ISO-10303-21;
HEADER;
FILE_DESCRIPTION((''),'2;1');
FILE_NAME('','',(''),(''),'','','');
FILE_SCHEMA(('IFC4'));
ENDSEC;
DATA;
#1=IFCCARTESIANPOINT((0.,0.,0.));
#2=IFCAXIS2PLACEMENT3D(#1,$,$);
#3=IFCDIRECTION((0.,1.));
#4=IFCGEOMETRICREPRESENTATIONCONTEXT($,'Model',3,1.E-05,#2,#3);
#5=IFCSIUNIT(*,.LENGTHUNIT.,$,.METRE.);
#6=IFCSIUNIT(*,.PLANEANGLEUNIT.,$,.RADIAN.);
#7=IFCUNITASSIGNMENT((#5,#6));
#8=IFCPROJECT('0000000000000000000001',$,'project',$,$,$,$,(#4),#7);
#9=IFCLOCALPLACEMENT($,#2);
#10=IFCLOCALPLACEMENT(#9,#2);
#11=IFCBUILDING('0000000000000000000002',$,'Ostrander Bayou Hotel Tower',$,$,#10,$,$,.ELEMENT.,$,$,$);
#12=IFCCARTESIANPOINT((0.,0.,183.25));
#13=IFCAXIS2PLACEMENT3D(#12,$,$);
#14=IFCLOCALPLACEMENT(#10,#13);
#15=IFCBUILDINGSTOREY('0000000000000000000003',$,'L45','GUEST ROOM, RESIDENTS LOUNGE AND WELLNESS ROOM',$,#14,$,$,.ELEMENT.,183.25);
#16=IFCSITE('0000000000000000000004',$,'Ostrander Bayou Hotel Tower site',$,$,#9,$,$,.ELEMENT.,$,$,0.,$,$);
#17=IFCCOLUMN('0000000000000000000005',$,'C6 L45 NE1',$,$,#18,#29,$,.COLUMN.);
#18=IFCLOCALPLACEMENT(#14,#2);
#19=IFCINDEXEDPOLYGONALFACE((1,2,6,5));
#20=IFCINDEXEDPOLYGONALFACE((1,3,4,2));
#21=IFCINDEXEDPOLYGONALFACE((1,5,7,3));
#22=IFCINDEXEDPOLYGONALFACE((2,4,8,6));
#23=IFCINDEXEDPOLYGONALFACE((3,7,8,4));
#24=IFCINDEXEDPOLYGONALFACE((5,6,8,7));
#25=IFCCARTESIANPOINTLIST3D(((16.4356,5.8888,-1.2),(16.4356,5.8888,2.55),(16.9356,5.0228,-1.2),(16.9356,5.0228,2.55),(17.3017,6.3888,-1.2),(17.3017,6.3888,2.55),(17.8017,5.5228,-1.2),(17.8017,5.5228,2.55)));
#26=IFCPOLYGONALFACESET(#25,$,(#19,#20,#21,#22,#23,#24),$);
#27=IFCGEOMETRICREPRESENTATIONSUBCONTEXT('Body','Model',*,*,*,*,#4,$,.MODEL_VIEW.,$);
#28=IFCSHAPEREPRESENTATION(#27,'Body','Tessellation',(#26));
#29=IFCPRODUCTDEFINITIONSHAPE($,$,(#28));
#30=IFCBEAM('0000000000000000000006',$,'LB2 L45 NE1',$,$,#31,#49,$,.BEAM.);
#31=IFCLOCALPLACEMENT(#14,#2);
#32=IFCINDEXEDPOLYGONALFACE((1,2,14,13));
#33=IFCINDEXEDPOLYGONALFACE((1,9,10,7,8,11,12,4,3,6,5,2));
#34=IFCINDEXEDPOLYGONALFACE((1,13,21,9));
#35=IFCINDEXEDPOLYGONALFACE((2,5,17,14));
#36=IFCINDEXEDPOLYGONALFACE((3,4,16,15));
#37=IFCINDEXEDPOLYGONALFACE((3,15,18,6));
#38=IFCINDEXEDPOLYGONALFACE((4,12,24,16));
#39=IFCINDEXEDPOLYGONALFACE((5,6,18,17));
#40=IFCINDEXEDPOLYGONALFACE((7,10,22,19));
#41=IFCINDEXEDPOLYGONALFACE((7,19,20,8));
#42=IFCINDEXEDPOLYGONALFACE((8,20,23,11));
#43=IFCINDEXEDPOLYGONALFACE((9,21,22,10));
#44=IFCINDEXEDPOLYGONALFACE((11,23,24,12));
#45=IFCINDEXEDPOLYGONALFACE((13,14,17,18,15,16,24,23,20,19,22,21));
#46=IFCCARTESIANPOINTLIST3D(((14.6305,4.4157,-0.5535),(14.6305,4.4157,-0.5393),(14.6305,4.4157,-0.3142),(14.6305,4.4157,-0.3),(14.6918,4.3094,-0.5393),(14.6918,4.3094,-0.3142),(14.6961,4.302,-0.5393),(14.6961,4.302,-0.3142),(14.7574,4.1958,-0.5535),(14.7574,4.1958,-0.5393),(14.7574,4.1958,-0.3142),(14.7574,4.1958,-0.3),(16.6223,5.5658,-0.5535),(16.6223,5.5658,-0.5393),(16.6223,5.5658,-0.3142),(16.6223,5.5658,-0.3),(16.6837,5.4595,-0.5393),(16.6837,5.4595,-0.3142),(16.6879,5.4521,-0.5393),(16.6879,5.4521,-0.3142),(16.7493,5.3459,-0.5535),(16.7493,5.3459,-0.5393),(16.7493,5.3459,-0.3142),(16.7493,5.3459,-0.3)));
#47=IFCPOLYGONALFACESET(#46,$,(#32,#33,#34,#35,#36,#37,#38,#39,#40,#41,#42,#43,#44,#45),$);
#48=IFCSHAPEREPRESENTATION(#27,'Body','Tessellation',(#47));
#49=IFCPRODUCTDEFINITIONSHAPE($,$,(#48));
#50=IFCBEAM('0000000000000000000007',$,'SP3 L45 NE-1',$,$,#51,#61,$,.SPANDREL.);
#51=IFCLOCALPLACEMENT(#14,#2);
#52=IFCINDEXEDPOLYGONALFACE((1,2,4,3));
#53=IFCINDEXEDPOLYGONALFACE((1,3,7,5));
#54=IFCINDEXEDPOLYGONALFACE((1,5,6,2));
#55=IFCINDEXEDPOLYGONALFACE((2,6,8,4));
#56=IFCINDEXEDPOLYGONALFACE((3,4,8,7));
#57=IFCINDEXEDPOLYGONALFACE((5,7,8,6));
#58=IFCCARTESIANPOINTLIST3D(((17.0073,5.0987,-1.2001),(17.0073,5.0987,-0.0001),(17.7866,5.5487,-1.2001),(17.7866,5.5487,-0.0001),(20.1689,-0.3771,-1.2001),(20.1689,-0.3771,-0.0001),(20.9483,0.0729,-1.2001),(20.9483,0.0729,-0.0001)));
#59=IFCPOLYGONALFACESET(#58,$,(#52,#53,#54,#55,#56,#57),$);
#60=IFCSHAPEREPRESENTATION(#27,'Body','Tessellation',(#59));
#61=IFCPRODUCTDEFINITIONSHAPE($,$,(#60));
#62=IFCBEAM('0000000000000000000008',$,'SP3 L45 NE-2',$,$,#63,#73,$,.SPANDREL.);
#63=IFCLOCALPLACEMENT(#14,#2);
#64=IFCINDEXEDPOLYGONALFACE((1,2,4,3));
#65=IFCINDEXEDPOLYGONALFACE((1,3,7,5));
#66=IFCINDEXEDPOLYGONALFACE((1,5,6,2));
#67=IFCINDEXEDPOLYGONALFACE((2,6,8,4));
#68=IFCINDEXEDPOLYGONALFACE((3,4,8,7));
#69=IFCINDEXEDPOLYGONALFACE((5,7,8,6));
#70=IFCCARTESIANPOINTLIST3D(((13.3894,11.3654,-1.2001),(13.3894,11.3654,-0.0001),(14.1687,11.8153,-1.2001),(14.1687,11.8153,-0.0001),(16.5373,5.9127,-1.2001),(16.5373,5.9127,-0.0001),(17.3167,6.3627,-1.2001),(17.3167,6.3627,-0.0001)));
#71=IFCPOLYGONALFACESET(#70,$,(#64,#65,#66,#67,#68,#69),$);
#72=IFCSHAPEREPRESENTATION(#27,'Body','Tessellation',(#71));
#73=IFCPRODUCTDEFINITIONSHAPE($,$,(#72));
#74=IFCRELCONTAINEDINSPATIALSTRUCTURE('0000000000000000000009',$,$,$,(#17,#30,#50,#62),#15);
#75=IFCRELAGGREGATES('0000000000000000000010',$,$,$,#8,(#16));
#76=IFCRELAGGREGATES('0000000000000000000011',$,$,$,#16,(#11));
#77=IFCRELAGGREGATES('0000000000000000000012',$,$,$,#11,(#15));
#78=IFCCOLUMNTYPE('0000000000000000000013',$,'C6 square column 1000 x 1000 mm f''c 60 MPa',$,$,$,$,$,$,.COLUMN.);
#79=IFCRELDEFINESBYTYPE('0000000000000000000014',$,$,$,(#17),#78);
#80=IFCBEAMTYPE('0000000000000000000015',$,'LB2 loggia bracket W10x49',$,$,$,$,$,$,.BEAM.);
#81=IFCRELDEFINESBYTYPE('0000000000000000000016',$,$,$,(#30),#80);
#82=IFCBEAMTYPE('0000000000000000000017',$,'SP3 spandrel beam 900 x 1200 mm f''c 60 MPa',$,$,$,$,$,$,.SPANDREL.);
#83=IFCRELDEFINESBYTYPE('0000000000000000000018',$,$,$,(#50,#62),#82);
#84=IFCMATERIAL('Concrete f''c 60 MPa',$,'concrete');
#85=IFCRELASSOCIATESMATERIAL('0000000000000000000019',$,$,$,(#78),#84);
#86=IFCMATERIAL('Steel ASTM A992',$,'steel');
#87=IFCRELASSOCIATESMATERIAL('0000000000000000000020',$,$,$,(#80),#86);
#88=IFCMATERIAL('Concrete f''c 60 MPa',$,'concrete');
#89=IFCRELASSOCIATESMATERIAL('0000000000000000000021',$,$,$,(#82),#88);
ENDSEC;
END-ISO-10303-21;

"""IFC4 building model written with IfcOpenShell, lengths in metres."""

from ifc_helpers import new_model, si_unit, direction, frame, origin, origin_2d, place, context, subcontext, project, spatial, rectangle, i_section, extrude, material, material_profile, profile_set, type_object, element, save


model = new_model("IFC4")

# Units and contexts
model_context = context("Model", 3, precision=1e-05, world=origin(), true_north=direction((0.0, 1.0)))
body_context = subcontext(model_context, "Body", "Model", "MODEL_VIEW")
ifc_project = project(units=[si_unit("LENGTHUNIT", "METRE"), si_unit("PLANEANGLEUNIT", "RADIAN")], contexts=[model_context])

# Site, building, storey
site_placement = place(None, origin())
site = spatial("IfcSite", under=ifc_project, at=site_placement, Name="Ostrander Bayou Hotel Tower site", CompositionType="ELEMENT", RefElevation=0.0)
building_placement = place(site_placement, origin())
building = spatial("IfcBuilding", under=site, at=building_placement, Name="Ostrander Bayou Hotel Tower", CompositionType="ELEMENT")
storey_placement = place(building_placement, frame((0.0, 0.0, 183.25)))
storey = spatial("IfcBuildingStorey", under=building, at=storey_placement, Name="L45", Description="GUEST ROOM, RESIDENTS LOUNGE AND WELLNESS ROOM", CompositionType="ELEMENT", Elevation=183.25)

# Column
ifc_material_1 = material(Name="Concrete f'c 60 MPa", Category="concrete")
ifc_material_profile_1 = material_profile(ifc_material_1, rectangle(XDim=1.0, YDim=1.0, at=origin_2d()))
ifc_profile_set_1 = profile_set([ifc_material_profile_1], Name="Concrete f'c 60 MPa")
column_type = type_object("IfcColumnType", Name="C6 square column 1000 x 1000 mm f'c 60 MPa", PredefinedType="COLUMN", material=ifc_profile_set_1)
column_placement = place(storey_placement, frame((17.1187, 5.7058, -1.2), z_axis=(0.0, 0.0, 1.0), x_axis=(0.5, -0.866025, 0.0)))
element("IfcColumn", 1, at=column_placement, inside=storey, type_object=column_type, Name="C6 L45 NE1", PredefinedType="COLUMN", context=body_context, shape_type="SweptSolid", body=[
    extrude(rectangle(XDim=1.0, YDim=1.0, at=origin_2d()), origin(), (0.0, 0.0, 1.0), 3.75),
])

# Beams
ifc_material_2 = material(Name="Steel ASTM A992", Category="steel")
ifc_material_profile_2 = material_profile(ifc_material_2, i_section(OverallWidth=0.2539, OverallDepth=0.2534, WebThickness=0.0085, FlangeThickness=0.0142, at=origin_2d()))
ifc_profile_set_2 = profile_set([ifc_material_profile_2], Name="Steel ASTM A992")
beam_type_1 = type_object("IfcBeamType", Name="LB2 loggia bracket W10x49", PredefinedType="BEAM", material=ifc_profile_set_2)
beam_1_placement = place(storey_placement, frame((16.6858, 5.4558, -0.4268), z_axis=(-0.866007, -0.500032, 0.0), x_axis=(0.500032, -0.866007, 0.0)))
element("IfcBeam", 2, at=beam_1_placement, inside=storey, type_object=beam_type_1, Name="LB2 L45 NE1", PredefinedType="BEAM", context=body_context, shape_type="SweptSolid", body=[
    extrude(i_section(OverallWidth=0.2539, OverallDepth=0.2534, WebThickness=0.0085, FlangeThickness=0.0142, at=origin_2d()), origin(), (0.0, 0.0, 1.0), 2.3),
])
ifc_material_3 = material(Name="Concrete f'c 60 MPa", Category="concrete")
ifc_material_profile_3 = material_profile(ifc_material_3, rectangle(XDim=0.8999, YDim=1.2, at=origin_2d()))
ifc_profile_set_3 = profile_set([ifc_material_profile_3], Name="Concrete f'c 60 MPa")
beam_type_2 = type_object("IfcBeamType", Name="SP3 spandrel beam 900 x 1200 mm f'c 60 MPa", PredefinedType="SPANDREL", material=ifc_profile_set_3)
beam_2_placement = place(storey_placement, frame((20.5586, -0.1521, -0.6001), z_axis=(-0.500018, 0.866015, 0.0), x_axis=(-0.866015, -0.500018, 0.0)))
element("IfcBeam", 3, at=beam_2_placement, inside=storey, type_object=beam_type_2, Name="SP3 L45 NE-1", PredefinedType="SPANDREL", context=body_context, shape_type="SweptSolid", body=[
    extrude(rectangle(XDim=0.8999, YDim=1.2, at=origin_2d()), origin(), (0.0, 0.0, 1.0), 6.323),
])
beam_3_placement = place(storey_placement, frame((16.927, 6.1377, -0.6001), z_axis=(-0.499984, 0.866034, 0.0), x_axis=(-0.866034, -0.499984, 0.0)))
element("IfcBeam", 4, at=beam_3_placement, inside=storey, type_object=beam_type_2, Name="SP3 L45 NE-2", PredefinedType="SPANDREL", context=body_context, shape_type="SweptSolid", body=[
    extrude(rectangle(XDim=0.8999, YDim=1.2, at=origin_2d()), origin(), (0.0, 0.0, 1.0), 6.2961),
])

save(model, "model.ifc")
